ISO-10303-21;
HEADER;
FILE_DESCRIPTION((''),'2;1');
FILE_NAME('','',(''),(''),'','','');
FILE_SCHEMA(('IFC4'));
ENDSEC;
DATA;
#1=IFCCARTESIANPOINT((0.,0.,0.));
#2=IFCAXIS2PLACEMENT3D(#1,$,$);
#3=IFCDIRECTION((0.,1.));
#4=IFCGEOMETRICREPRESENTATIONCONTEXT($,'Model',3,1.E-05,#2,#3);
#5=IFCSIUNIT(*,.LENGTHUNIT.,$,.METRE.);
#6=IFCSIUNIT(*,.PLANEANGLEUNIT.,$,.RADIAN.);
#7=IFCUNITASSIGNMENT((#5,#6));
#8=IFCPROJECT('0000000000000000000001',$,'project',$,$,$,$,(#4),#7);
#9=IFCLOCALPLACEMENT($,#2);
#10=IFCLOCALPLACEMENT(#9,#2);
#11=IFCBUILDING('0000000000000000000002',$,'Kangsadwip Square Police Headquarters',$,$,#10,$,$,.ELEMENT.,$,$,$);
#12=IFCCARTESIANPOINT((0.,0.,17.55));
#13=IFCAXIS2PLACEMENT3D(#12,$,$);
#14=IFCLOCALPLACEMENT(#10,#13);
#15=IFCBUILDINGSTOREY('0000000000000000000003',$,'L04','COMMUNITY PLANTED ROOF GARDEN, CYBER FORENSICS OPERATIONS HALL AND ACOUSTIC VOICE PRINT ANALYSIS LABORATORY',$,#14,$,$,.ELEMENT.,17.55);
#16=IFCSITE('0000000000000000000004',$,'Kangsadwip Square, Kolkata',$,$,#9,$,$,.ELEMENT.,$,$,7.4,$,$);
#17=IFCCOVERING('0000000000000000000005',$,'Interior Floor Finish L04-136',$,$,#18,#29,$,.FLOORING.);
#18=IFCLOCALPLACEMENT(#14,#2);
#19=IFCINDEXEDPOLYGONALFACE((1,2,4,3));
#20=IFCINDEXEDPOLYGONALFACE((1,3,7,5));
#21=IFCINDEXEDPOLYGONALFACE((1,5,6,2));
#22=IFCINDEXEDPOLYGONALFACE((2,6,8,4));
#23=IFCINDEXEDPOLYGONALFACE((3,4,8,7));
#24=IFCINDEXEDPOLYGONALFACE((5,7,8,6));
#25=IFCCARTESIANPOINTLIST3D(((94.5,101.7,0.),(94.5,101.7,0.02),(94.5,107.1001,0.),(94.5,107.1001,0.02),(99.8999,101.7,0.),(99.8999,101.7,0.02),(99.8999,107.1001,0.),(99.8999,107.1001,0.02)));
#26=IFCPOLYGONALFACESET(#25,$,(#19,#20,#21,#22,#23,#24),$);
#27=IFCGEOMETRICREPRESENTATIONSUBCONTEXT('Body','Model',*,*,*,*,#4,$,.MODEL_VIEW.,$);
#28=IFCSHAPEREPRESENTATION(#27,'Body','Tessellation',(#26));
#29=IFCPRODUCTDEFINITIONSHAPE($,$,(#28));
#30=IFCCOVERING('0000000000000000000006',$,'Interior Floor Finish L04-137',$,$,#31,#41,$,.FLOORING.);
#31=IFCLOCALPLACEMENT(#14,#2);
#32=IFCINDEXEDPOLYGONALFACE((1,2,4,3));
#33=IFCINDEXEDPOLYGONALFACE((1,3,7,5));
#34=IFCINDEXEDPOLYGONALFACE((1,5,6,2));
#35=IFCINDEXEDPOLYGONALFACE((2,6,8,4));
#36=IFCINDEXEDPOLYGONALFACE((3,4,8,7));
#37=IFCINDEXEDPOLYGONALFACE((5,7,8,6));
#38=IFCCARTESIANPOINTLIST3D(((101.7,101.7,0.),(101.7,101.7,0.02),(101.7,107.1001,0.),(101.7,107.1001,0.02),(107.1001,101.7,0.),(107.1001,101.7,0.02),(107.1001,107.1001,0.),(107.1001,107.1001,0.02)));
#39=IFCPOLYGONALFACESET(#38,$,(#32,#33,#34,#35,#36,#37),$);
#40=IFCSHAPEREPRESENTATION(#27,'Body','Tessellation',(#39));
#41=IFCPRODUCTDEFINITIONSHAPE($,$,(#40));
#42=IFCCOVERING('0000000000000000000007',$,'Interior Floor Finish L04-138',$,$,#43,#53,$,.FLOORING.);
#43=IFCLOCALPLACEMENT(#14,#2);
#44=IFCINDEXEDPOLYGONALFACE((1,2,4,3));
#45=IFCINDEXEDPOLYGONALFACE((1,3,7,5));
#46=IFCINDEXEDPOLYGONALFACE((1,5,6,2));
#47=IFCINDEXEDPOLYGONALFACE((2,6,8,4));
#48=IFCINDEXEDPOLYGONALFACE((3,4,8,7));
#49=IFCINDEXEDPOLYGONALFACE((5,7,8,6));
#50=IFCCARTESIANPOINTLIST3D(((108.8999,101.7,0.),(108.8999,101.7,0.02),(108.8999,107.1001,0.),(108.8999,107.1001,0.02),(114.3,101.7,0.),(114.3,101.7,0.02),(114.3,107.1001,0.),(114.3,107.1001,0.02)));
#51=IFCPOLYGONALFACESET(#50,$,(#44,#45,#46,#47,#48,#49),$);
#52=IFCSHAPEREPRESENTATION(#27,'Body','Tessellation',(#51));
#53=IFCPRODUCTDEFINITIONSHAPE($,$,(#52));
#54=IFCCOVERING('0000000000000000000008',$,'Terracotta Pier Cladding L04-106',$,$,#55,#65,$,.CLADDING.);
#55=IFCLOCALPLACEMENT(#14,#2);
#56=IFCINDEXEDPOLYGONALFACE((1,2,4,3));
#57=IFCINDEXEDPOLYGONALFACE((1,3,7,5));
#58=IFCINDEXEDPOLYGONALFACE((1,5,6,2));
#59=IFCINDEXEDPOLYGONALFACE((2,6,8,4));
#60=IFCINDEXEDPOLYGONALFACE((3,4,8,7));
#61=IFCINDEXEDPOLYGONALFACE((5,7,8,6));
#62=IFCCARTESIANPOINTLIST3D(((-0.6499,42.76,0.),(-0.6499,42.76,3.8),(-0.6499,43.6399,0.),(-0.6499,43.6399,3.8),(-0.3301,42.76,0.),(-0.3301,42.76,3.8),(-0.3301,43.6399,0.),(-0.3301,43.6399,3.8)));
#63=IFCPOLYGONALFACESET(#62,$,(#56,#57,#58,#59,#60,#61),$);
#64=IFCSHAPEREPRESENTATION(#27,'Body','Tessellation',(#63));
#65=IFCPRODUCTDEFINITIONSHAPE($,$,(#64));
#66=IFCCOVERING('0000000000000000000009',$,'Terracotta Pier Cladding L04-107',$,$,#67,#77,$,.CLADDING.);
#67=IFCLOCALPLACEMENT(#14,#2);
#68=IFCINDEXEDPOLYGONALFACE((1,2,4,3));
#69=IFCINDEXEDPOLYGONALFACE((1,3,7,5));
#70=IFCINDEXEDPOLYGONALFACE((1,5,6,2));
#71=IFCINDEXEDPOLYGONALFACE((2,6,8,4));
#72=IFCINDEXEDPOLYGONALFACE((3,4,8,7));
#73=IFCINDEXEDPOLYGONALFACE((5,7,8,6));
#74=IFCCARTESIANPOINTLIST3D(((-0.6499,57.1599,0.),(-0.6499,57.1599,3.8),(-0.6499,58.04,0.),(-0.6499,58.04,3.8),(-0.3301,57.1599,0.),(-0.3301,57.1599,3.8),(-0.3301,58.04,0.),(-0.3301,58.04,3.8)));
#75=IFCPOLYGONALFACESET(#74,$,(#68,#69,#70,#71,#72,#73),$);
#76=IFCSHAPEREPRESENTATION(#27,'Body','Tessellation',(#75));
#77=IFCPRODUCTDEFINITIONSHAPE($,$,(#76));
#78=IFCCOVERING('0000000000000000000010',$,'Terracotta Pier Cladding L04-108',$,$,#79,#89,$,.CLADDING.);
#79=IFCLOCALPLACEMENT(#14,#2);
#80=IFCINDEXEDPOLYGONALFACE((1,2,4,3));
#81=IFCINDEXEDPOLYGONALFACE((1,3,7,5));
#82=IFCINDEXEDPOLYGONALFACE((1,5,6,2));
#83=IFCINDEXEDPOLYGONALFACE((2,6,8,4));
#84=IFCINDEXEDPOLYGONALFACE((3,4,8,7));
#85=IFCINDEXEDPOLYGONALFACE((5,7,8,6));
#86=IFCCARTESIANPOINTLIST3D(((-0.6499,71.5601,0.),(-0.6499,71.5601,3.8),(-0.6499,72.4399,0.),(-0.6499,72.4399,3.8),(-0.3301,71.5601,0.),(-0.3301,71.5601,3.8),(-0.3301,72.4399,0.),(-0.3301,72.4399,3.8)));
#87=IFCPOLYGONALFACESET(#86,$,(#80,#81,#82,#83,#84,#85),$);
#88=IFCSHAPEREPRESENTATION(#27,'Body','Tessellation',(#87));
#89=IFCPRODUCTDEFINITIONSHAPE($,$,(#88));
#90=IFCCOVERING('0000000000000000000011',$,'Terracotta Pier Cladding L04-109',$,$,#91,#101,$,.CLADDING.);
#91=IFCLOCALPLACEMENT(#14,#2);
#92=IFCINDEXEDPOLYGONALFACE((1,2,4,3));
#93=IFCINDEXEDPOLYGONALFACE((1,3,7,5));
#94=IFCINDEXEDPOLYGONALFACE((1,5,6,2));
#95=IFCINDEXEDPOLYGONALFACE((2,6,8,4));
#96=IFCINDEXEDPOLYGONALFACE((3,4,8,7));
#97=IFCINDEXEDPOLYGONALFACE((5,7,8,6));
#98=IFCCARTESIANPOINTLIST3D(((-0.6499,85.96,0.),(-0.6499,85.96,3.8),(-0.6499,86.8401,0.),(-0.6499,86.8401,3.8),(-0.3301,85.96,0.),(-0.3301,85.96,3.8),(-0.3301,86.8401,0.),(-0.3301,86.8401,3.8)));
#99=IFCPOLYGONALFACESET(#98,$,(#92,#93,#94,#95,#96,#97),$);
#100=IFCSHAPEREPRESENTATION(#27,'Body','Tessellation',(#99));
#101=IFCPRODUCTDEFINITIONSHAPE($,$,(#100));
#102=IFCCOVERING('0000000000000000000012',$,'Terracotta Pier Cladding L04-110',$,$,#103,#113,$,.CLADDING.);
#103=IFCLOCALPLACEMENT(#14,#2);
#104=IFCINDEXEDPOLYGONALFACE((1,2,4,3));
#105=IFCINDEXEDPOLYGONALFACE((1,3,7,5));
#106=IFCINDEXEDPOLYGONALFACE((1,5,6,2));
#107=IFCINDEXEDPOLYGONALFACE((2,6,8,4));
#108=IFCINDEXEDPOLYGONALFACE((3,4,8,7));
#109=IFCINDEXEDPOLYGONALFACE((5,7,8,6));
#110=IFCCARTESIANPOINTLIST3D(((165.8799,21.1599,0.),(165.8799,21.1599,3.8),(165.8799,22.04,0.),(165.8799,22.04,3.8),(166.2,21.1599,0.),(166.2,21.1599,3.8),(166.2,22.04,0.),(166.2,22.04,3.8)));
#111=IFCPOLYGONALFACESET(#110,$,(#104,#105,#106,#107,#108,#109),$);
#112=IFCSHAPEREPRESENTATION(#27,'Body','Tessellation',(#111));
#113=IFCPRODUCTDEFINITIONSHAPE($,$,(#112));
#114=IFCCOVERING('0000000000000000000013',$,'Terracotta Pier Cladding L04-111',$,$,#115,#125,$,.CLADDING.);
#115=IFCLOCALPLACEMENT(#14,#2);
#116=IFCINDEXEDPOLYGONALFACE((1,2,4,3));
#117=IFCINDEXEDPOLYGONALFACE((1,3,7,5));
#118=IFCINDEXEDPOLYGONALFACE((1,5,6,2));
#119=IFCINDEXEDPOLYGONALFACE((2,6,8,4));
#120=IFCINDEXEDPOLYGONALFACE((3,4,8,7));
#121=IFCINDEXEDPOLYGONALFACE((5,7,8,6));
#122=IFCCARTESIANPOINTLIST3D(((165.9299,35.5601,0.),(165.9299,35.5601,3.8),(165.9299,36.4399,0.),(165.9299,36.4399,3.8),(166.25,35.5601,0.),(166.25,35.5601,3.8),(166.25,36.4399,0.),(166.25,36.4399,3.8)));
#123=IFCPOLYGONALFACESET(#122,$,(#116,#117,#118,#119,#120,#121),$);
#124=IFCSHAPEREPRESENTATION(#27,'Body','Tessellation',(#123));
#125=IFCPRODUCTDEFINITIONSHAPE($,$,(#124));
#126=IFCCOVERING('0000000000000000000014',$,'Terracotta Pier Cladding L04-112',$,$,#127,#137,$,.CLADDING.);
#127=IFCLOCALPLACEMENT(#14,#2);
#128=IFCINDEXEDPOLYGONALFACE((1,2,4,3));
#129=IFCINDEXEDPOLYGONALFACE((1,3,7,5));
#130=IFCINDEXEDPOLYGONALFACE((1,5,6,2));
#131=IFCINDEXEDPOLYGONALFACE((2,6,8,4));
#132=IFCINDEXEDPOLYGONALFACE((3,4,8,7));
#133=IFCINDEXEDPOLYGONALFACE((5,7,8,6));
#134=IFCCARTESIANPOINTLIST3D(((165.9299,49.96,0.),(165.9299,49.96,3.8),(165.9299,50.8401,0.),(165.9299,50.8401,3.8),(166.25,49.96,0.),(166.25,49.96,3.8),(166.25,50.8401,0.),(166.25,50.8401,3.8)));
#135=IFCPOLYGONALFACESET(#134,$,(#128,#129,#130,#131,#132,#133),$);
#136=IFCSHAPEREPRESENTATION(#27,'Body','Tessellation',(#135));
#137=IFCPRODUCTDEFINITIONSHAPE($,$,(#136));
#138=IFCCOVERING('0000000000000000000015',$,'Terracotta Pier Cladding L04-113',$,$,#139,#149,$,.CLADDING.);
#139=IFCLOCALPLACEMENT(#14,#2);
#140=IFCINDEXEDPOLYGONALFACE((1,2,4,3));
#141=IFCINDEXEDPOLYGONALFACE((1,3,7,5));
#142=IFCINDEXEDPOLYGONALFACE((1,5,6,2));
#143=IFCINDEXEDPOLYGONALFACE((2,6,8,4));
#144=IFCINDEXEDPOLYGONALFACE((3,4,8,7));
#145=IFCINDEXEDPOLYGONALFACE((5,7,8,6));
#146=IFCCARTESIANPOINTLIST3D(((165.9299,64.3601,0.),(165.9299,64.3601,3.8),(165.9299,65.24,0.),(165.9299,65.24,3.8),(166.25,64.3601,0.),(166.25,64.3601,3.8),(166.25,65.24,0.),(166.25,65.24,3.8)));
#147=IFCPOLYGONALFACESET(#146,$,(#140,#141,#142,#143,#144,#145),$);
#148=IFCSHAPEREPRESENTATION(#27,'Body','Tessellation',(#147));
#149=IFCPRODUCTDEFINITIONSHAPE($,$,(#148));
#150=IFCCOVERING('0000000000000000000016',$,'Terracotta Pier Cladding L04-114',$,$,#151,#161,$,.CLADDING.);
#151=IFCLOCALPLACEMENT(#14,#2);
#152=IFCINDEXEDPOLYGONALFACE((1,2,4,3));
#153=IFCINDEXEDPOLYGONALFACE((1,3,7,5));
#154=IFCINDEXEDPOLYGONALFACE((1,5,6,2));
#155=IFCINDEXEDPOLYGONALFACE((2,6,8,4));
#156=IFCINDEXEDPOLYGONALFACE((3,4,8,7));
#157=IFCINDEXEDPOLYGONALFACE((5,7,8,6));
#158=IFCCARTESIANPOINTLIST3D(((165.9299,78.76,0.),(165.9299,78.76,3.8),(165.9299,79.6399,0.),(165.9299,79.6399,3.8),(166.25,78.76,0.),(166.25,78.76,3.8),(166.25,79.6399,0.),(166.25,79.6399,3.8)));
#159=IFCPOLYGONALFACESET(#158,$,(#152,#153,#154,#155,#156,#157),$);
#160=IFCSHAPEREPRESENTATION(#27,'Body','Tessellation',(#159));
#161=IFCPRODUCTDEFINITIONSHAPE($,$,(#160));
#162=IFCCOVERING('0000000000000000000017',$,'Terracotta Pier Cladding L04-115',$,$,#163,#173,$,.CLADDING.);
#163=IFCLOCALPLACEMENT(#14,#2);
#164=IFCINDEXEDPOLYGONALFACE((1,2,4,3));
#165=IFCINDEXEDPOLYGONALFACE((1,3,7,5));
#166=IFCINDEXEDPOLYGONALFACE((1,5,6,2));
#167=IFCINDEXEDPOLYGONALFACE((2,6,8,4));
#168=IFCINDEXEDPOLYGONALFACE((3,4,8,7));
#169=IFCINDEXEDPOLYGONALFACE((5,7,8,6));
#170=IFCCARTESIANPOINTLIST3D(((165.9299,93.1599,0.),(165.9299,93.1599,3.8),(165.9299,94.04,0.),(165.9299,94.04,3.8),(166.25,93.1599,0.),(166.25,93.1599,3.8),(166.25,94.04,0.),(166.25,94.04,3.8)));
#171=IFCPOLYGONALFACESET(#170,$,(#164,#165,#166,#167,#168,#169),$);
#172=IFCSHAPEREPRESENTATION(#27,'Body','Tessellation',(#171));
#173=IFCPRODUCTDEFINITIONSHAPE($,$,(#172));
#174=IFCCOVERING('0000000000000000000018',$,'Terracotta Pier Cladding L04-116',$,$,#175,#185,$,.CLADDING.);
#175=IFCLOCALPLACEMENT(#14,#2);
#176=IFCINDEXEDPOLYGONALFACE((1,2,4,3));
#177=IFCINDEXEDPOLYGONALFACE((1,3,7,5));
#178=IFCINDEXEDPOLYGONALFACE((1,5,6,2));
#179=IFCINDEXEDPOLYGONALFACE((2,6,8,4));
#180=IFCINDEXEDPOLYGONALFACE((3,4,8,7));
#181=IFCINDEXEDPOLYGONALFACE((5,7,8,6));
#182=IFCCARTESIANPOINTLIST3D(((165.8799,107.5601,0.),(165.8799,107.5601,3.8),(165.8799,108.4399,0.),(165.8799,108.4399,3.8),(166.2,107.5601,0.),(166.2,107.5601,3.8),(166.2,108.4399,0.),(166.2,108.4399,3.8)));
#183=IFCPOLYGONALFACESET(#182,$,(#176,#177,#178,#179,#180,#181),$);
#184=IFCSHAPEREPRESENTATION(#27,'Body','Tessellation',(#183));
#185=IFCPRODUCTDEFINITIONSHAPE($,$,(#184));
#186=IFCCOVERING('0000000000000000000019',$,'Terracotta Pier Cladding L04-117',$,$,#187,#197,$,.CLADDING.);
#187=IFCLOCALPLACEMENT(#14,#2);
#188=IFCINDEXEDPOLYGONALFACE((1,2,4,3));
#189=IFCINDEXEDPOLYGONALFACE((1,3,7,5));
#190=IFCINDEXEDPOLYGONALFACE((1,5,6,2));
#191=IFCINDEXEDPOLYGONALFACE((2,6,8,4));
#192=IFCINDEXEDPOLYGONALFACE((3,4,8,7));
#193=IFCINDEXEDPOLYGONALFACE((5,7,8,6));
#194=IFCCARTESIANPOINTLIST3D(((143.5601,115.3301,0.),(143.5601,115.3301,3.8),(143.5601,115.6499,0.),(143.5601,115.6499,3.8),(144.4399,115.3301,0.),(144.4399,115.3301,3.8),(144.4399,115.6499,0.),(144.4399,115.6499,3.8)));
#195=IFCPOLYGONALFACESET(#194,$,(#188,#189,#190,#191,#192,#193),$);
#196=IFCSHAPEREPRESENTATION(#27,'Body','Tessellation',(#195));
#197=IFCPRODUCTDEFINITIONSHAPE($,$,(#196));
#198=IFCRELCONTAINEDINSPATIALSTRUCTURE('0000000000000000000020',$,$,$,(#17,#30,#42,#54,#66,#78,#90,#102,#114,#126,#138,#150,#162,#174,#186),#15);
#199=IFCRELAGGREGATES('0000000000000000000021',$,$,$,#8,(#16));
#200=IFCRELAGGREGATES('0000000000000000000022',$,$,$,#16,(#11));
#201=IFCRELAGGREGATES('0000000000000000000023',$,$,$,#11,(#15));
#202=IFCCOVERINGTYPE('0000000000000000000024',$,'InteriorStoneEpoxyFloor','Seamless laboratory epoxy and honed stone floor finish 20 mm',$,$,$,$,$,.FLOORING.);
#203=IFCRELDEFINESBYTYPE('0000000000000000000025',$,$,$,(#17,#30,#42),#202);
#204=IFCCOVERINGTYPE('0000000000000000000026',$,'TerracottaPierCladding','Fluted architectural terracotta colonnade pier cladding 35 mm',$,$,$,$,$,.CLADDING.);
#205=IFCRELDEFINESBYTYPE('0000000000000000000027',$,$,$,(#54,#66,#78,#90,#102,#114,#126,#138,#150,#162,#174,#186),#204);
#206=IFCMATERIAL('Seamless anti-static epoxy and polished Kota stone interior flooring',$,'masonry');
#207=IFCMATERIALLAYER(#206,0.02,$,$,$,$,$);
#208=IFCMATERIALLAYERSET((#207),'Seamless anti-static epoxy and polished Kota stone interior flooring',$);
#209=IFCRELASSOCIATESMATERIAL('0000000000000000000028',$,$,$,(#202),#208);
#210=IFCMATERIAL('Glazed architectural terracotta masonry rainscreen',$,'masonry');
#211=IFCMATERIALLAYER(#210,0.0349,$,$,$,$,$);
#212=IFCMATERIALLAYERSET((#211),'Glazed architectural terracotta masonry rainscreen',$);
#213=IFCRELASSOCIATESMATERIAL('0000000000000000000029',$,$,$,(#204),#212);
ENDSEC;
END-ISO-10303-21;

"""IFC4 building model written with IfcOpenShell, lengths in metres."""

from ifc_helpers import new_model, si_unit, direction, frame, origin, place, context, subcontext, project, spatial, polyline, outline, extrude, material, layer, layer_set, type_object, element, save


model = new_model("IFC4")

# Units and contexts
model_context = context("Model", 3, precision=1e-05, world=origin(), true_north=direction((0.0, 1.0)))
body_context = subcontext(model_context, "Body", "Model", "MODEL_VIEW")
ifc_project = project(units=[si_unit("LENGTHUNIT", "METRE"), si_unit("PLANEANGLEUNIT", "RADIAN")], contexts=[model_context])

# Site, building, storey
site_placement = place(None, origin())
site = spatial("IfcSite", under=ifc_project, at=site_placement, Name="Kangsadwip Square, Kolkata", CompositionType="ELEMENT", RefElevation=7.4)
building_placement = place(site_placement, origin())
building = spatial("IfcBuilding", under=site, at=building_placement, Name="Kangsadwip Square Police Headquarters", CompositionType="ELEMENT")
storey_placement = place(building_placement, frame((0.0, 0.0, 17.55)))
storey = spatial("IfcBuildingStorey", under=building, at=storey_placement, Name="L04", Description="COMMUNITY PLANTED ROOF GARDEN, CYBER FORENSICS OPERATIONS HALL AND ACOUSTIC VOICE PRINT ANALYSIS LABORATORY", CompositionType="ELEMENT", Elevation=17.55)

# Coverings
ifc_material_1 = material(Name="Seamless anti-static epoxy and polished Kota stone interior flooring", Category="masonry")
ifc_layer_1 = layer(ifc_material_1, 0.02)
ifc_layer_set_1 = layer_set([ifc_layer_1], Name="Seamless anti-static epoxy and polished Kota stone interior flooring")
covering_type_1 = type_object("IfcCoveringType", Name="InteriorStoneEpoxyFloor", Description="Seamless laboratory epoxy and honed stone floor finish 20 mm", PredefinedType="FLOORING", material=ifc_layer_set_1)
covering_1_placement = place(storey_placement, origin())
element("IfcCovering", 1, at=covering_1_placement, inside=storey, type_object=covering_type_1, Name="Interior Floor Finish L04-136", PredefinedType="FLOORING", context=body_context, shape_type="SweptSolid", body=[
    extrude(outline(polyline([(94.5, 101.7), (99.8999, 101.7), (99.8999, 107.1001), (94.5, 107.1001), (94.5, 101.7)])), origin(), (0.0, 0.0, 1.0), 0.02),
])
covering_2_placement = place(storey_placement, origin())
element("IfcCovering", 2, at=covering_2_placement, inside=storey, type_object=covering_type_1, Name="Interior Floor Finish L04-137", PredefinedType="FLOORING", context=body_context, shape_type="SweptSolid", body=[
    extrude(outline(polyline([(101.7, 101.7), (107.1001, 101.7), (107.1001, 107.1001), (101.7, 107.1001), (101.7, 101.7)])), origin(), (0.0, 0.0, 1.0), 0.02),
])
covering_3_placement = place(storey_placement, origin())
element("IfcCovering", 3, at=covering_3_placement, inside=storey, type_object=covering_type_1, Name="Interior Floor Finish L04-138", PredefinedType="FLOORING", context=body_context, shape_type="SweptSolid", body=[
    extrude(outline(polyline([(108.8999, 101.7), (114.3, 101.7), (114.3, 107.1001), (108.8999, 107.1001), (108.8999, 101.7)])), origin(), (0.0, 0.0, 1.0), 0.02),
])
ifc_material_2 = material(Name="Glazed architectural terracotta masonry rainscreen", Category="masonry")
ifc_layer_2 = layer(ifc_material_2, 0.0349)
ifc_layer_set_2 = layer_set([ifc_layer_2], Name="Glazed architectural terracotta masonry rainscreen")
covering_type_2 = type_object("IfcCoveringType", Name="TerracottaPierCladding", Description="Fluted architectural terracotta colonnade pier cladding 35 mm", PredefinedType="CLADDING", material=ifc_layer_set_2)
covering_4_placement = place(storey_placement, origin())
element("IfcCovering", 4, at=covering_4_placement, inside=storey, type_object=covering_type_2, Name="Terracotta Pier Cladding L04-106", PredefinedType="CLADDING", context=body_context, shape_type="SweptSolid", body=[
    extrude(outline(polyline([(-0.6499, 42.76), (-0.3301, 42.76), (-0.3301, 43.6399), (-0.6499, 43.6399), (-0.6499, 42.76)])), origin(), (0.0, 0.0, 1.0), 3.8),
])
covering_5_placement = place(storey_placement, origin())
element("IfcCovering", 5, at=covering_5_placement, inside=storey, type_object=covering_type_2, Name="Terracotta Pier Cladding L04-107", PredefinedType="CLADDING", context=body_context, shape_type="SweptSolid", body=[
    extrude(outline(polyline([(-0.6499, 57.1599), (-0.3301, 57.1599), (-0.3301, 58.04), (-0.6499, 58.04), (-0.6499, 57.1599)])), origin(), (0.0, 0.0, 1.0), 3.8),
])
covering_6_placement = place(storey_placement, origin())
element("IfcCovering", 6, at=covering_6_placement, inside=storey, type_object=covering_type_2, Name="Terracotta Pier Cladding L04-108", PredefinedType="CLADDING", context=body_context, shape_type="SweptSolid", body=[
    extrude(outline(polyline([(-0.6499, 71.5601), (-0.3301, 71.5601), (-0.3301, 72.4399), (-0.6499, 72.4399), (-0.6499, 71.5601)])), origin(), (0.0, 0.0, 1.0), 3.8),
])
covering_7_placement = place(storey_placement, origin())
element("IfcCovering", 7, at=covering_7_placement, inside=storey, type_object=covering_type_2, Name="Terracotta Pier Cladding L04-109", PredefinedType="CLADDING", context=body_context, shape_type="SweptSolid", body=[
    extrude(outline(polyline([(-0.6499, 85.96), (-0.3301, 85.96), (-0.3301, 86.8401), (-0.6499, 86.8401), (-0.6499, 85.96)])), origin(), (0.0, 0.0, 1.0), 3.8),
])
covering_8_placement = place(storey_placement, origin())
element("IfcCovering", 8, at=covering_8_placement, inside=storey, type_object=covering_type_2, Name="Terracotta Pier Cladding L04-110", PredefinedType="CLADDING", context=body_context, shape_type="SweptSolid", body=[
    extrude(outline(polyline([(165.8799, 21.1599), (166.2, 21.1599), (166.2, 22.04), (165.8799, 22.04), (165.8799, 21.1599)])), origin(), (0.0, 0.0, 1.0), 3.8),
])
covering_9_placement = place(storey_placement, origin())
element("IfcCovering", 9, at=covering_9_placement, inside=storey, type_object=covering_type_2, Name="Terracotta Pier Cladding L04-111", PredefinedType="CLADDING", context=body_context, shape_type="SweptSolid", body=[
    extrude(outline(polyline([(165.9299, 35.5601), (166.25, 35.5601), (166.25, 36.4399), (165.9299, 36.4399), (165.9299, 35.5601)])), origin(), (0.0, 0.0, 1.0), 3.8),
])
covering_10_placement = place(storey_placement, origin())
element("IfcCovering", 10, at=covering_10_placement, inside=storey, type_object=covering_type_2, Name="Terracotta Pier Cladding L04-112", PredefinedType="CLADDING", context=body_context, shape_type="SweptSolid", body=[
    extrude(outline(polyline([(165.9299, 49.96), (166.25, 49.96), (166.25, 50.8401), (165.9299, 50.8401), (165.9299, 49.96)])), origin(), (0.0, 0.0, 1.0), 3.8),
])
covering_11_placement = place(storey_placement, origin())
element("IfcCovering", 11, at=covering_11_placement, inside=storey, type_object=covering_type_2, Name="Terracotta Pier Cladding L04-113", PredefinedType="CLADDING", context=body_context, shape_type="SweptSolid", body=[
    extrude(outline(polyline([(165.9299, 64.3601), (166.25, 64.3601), (166.25, 65.24), (165.9299, 65.24), (165.9299, 64.3601)])), origin(), (0.0, 0.0, 1.0), 3.8),
])
covering_12_placement = place(storey_placement, origin())
element("IfcCovering", 12, at=covering_12_placement, inside=storey, type_object=covering_type_2, Name="Terracotta Pier Cladding L04-114", PredefinedType="CLADDING", context=body_context, shape_type="SweptSolid", body=[
    extrude(outline(polyline([(165.9299, 78.76), (166.25, 78.76), (166.25, 79.6399), (165.9299, 79.6399), (165.9299, 78.76)])), origin(), (0.0, 0.0, 1.0), 3.8),
])
covering_13_placement = place(storey_placement, origin())
element("IfcCovering", 13, at=covering_13_placement, inside=storey, type_object=covering_type_2, Name="Terracotta Pier Cladding L04-115", PredefinedType="CLADDING", context=body_context, shape_type="SweptSolid", body=[
    extrude(outline(polyline([(165.9299, 93.1599), (166.25, 93.1599), (166.25, 94.04), (165.9299, 94.04), (165.9299, 93.1599)])), origin(), (0.0, 0.0, 1.0), 3.8),
])
covering_14_placement = place(storey_placement, origin())
element("IfcCovering", 14, at=covering_14_placement, inside=storey, type_object=covering_type_2, Name="Terracotta Pier Cladding L04-116", PredefinedType="CLADDING", context=body_context, shape_type="SweptSolid", body=[
    extrude(outline(polyline([(165.8799, 107.5601), (166.2, 107.5601), (166.2, 108.4399), (165.8799, 108.4399), (165.8799, 107.5601)])), origin(), (0.0, 0.0, 1.0), 3.8),
])
covering_15_placement = place(storey_placement, origin())
element("IfcCovering", 15, at=covering_15_placement, inside=storey, type_object=covering_type_2, Name="Terracotta Pier Cladding L04-117", PredefinedType="CLADDING", context=body_context, shape_type="SweptSolid", body=[
    extrude(outline(polyline([(143.5601, 115.3301), (144.4399, 115.3301), (144.4399, 115.6499), (143.5601, 115.6499), (143.5601, 115.3301)])), origin(), (0.0, 0.0, 1.0), 3.8),
])

save(model, "model.ifc")
